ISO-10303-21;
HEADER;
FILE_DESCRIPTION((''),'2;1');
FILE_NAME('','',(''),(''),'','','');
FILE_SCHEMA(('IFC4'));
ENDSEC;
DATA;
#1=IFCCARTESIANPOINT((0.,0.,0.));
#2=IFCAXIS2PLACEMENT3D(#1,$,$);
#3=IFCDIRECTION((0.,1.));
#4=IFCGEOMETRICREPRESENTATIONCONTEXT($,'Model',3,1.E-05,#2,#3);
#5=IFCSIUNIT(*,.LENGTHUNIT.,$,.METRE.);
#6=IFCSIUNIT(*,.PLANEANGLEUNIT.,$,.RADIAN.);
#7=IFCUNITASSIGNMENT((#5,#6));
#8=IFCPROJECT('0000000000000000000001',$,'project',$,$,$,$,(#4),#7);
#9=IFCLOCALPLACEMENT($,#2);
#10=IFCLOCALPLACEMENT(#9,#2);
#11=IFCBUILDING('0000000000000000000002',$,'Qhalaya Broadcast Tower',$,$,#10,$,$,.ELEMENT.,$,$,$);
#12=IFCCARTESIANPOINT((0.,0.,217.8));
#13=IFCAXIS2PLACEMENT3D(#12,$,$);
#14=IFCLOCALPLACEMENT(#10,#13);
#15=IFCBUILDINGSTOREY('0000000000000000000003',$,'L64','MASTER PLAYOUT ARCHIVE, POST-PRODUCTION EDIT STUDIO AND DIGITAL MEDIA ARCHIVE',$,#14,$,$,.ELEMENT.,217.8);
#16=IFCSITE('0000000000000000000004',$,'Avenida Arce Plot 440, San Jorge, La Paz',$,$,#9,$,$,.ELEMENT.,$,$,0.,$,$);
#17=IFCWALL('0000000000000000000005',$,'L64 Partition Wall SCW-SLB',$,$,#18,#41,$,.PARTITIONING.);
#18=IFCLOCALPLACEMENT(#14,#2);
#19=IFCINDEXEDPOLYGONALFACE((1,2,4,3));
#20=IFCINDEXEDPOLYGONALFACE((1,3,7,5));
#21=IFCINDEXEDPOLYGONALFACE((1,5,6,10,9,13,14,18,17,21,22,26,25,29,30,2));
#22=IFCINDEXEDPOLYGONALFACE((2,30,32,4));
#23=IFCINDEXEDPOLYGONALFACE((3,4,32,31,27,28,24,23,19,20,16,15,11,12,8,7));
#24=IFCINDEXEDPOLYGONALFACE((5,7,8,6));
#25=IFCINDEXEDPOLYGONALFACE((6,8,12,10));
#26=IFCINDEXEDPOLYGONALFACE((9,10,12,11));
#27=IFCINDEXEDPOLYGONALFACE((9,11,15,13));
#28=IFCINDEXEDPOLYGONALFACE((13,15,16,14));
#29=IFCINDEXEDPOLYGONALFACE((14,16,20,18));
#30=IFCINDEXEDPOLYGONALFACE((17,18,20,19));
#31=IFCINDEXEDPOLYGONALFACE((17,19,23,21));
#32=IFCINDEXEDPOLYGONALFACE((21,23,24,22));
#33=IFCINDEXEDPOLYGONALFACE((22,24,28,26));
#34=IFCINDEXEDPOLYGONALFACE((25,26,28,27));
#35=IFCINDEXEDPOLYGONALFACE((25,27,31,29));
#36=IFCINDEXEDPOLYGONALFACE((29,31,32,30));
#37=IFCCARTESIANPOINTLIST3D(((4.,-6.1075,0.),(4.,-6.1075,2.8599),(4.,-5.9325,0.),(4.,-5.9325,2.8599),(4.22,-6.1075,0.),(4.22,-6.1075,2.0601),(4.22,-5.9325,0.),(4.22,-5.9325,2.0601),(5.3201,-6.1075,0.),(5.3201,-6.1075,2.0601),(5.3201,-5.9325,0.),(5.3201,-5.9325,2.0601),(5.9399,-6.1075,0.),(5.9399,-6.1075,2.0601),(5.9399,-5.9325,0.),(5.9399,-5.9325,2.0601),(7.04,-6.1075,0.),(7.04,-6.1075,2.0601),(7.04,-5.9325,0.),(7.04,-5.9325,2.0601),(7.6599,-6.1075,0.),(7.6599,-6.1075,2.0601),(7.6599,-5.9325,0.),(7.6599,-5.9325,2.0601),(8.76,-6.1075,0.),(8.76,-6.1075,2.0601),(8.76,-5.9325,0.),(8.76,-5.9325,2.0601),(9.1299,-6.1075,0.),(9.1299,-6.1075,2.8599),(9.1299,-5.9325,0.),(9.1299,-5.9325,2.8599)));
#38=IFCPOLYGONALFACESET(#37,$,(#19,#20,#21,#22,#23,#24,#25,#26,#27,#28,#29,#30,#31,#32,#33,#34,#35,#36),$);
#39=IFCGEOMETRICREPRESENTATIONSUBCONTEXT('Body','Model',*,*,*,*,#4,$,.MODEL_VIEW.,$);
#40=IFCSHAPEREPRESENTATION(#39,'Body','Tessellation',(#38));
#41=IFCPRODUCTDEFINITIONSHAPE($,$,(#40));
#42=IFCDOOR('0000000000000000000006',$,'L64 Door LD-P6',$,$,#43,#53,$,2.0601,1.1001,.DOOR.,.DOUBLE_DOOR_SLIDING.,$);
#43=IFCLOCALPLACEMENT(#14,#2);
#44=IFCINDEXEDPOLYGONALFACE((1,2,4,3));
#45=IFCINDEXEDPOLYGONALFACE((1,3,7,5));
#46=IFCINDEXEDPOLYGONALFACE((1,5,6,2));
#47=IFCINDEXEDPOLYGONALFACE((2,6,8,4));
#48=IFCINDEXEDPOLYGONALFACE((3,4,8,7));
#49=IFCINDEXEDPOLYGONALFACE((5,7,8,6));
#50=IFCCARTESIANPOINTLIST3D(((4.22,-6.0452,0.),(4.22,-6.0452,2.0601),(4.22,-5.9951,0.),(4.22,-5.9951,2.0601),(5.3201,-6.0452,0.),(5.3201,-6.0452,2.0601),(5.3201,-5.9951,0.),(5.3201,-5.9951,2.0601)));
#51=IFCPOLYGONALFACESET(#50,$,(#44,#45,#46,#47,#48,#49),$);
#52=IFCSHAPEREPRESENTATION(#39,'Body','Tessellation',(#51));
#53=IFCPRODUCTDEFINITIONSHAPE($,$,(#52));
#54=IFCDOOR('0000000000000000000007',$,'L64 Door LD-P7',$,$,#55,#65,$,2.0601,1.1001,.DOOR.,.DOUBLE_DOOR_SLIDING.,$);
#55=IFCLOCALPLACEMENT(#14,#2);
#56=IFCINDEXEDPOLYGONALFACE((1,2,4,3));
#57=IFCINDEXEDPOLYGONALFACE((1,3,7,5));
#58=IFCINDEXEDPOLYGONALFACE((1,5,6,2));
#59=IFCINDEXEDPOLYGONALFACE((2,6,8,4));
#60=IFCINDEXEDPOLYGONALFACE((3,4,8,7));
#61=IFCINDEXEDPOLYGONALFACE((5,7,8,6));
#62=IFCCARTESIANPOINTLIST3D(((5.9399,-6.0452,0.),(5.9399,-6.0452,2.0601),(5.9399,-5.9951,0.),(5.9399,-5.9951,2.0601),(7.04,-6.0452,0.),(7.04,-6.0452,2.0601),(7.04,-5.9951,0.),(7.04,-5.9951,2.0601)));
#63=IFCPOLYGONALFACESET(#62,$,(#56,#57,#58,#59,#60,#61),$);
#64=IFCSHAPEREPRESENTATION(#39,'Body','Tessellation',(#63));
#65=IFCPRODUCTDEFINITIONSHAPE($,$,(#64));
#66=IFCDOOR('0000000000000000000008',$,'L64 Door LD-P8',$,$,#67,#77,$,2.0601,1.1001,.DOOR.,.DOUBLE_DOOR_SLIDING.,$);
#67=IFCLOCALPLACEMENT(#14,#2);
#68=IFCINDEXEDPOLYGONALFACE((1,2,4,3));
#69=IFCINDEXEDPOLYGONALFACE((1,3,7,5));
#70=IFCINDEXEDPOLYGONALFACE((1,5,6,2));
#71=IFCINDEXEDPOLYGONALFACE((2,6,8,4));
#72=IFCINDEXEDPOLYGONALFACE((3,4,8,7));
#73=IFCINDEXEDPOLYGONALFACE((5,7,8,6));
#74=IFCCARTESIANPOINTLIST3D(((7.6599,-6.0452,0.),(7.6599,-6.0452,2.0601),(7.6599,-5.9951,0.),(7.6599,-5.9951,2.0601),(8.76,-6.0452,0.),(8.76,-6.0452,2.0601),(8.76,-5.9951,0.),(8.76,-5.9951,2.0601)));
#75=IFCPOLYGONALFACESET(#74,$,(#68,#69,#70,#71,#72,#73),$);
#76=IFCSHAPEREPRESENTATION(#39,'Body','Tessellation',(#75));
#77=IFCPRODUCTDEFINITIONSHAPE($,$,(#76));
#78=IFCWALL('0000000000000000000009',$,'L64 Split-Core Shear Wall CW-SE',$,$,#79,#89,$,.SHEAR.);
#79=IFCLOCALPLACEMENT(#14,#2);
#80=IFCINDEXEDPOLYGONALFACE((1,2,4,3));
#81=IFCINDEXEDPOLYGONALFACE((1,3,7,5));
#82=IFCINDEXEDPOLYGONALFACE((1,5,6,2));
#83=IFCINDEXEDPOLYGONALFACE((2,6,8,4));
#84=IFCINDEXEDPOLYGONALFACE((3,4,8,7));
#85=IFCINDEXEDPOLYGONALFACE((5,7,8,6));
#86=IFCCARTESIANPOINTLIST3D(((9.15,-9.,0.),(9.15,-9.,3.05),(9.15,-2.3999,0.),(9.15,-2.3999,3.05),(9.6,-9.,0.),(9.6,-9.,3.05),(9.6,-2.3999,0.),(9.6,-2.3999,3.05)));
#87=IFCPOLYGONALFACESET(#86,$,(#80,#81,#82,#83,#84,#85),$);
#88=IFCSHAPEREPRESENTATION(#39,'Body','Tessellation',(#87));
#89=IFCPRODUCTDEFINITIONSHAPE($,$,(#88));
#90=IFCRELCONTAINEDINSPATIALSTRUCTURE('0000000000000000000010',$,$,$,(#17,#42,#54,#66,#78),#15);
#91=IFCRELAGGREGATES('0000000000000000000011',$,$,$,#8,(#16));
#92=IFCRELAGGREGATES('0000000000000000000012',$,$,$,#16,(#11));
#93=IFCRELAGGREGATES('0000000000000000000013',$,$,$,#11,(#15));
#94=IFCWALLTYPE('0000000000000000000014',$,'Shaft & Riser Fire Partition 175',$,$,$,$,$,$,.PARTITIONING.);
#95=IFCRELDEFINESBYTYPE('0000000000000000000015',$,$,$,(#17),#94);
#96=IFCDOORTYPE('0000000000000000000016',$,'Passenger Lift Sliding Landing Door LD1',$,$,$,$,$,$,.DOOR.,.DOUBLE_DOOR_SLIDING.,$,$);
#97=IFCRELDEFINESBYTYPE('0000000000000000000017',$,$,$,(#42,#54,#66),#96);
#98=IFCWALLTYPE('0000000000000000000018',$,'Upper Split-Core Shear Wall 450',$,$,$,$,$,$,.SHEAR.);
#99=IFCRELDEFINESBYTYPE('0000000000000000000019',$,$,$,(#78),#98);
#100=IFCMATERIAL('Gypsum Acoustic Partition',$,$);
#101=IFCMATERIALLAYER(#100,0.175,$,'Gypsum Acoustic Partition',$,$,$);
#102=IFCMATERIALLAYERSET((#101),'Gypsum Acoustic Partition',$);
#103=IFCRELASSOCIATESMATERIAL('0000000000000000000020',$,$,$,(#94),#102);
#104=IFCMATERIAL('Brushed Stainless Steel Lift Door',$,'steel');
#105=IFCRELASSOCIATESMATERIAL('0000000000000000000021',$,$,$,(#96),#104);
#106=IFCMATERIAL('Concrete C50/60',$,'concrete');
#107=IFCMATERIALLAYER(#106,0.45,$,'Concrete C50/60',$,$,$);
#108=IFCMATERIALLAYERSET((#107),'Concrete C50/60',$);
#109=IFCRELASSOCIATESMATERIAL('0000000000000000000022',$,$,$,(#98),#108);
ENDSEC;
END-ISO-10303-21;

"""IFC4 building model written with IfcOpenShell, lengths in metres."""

from ifc_helpers import new_model, si_unit, direction, frame, frame_2d, origin, place, context, subcontext, project, spatial, rectangle, extrude, material, layer, layer_set, type_object, element, fill, save


model = new_model("IFC4")

# Units and contexts
model_context = context("Model", 3, precision=1e-05, world=origin(), true_north=direction((0.0, 1.0)))
body_context = subcontext(model_context, "Body", "Model", "MODEL_VIEW")
ifc_project = project(units=[si_unit("LENGTHUNIT", "METRE"), si_unit("PLANEANGLEUNIT", "RADIAN")], contexts=[model_context])

# Site, building, storey
site_placement = place(None, origin())
site = spatial("IfcSite", under=ifc_project, at=site_placement, Name="Avenida Arce Plot 440, San Jorge, La Paz", CompositionType="ELEMENT", RefElevation=0.0)
building_placement = place(site_placement, origin())
building = spatial("IfcBuilding", under=site, at=building_placement, Name="Qhalaya Broadcast Tower", CompositionType="ELEMENT")
storey_placement = place(building_placement, frame((0.0, 0.0, 217.8)))
storey = spatial("IfcBuildingStorey", under=building, at=storey_placement, Name="L64", Description="MASTER PLAYOUT ARCHIVE, POST-PRODUCTION EDIT STUDIO AND DIGITAL MEDIA ARCHIVE", CompositionType="ELEMENT", Elevation=217.8)

# Shared definitions
ifc_material_1 = material(Name="Concrete C50/60", Category="concrete")

# Shared definitions
ifc_material_2 = material(Name="Gypsum Acoustic Partition")

# Wall, openings, doors
ifc_layer_1 = layer(ifc_material_2, 0.175, Name="Gypsum Acoustic Partition")
ifc_layer_set_1 = layer_set([ifc_layer_1], Name="Gypsum Acoustic Partition")
wall_type_1 = type_object("IfcWallType", Name="Shaft & Riser Fire Partition 175", PredefinedType="PARTITIONING", material=ifc_layer_set_1)
wall_1_placement = place(storey_placement, frame((4.0, -6.02, 0.0), z_axis=(0.0, 0.0, 1.0), x_axis=(1.0, 0.0, 0.0)))
wall_1 = element("IfcWall", 1, at=wall_1_placement, inside=storey, type_object=wall_type_1, Name="L64 Partition Wall SCW-SLB", PredefinedType="PARTITIONING", context=body_context, shape_type="SweptSolid", body=[
    extrude(rectangle(XDim=5.1299, YDim=0.175, at=frame_2d((2.5649, 0.0))), origin(), (0.0, 0.0, 1.0), 2.8599),
])
opening_1_placement = place(wall_1_placement, frame((0.22, 0.0, 0.0)))
opening_1 = element("IfcOpeningElement", 2, at=opening_1_placement, cuts=wall_1, PredefinedType="OPENING", context=body_context, shape_type="SweptSolid", body=[
    extrude(rectangle(XDim=1.1001, YDim=2.0601, at=frame_2d((0.55, 1.03))), frame((0.0, 0.0996, 0.0), z_axis=(0.0, -1.0, 0.0), x_axis=(1.0, 0.0, 0.0)), (0.0, 0.0, 1.0), 0.199),
])
opening_2_placement = place(wall_1_placement, frame((1.9399, 0.0, 0.0)))
opening_2 = element("IfcOpeningElement", 3, at=opening_2_placement, cuts=wall_1, PredefinedType="OPENING", context=body_context, shape_type="SweptSolid", body=[
    extrude(rectangle(XDim=1.1001, YDim=2.0601, at=frame_2d((0.55, 1.03))), frame((0.0, 0.0996, 0.0), z_axis=(0.0, -1.0, 0.0), x_axis=(1.0, 0.0, 0.0)), (0.0, 0.0, 1.0), 0.199),
])
opening_3_placement = place(wall_1_placement, frame((3.6599, 0.0, 0.0)))
opening_3 = element("IfcOpeningElement", 4, at=opening_3_placement, cuts=wall_1, PredefinedType="OPENING", context=body_context, shape_type="SweptSolid", body=[
    extrude(rectangle(XDim=1.1001, YDim=2.0601, at=frame_2d((0.55, 1.03))), frame((0.0, 0.0996, 0.0), z_axis=(0.0, -1.0, 0.0), x_axis=(1.0, 0.0, 0.0)), (0.0, 0.0, 1.0), 0.199),
])
ifc_material_3 = material(Name="Brushed Stainless Steel Lift Door", Category="steel")
door_type_1 = type_object("IfcDoorType", Name="Passenger Lift Sliding Landing Door LD1", OperationType="DOUBLE_DOOR_SLIDING", PredefinedType="DOOR", material=ifc_material_3)
door_1_placement = place(opening_1_placement, origin())
door_1 = element("IfcDoor", 5, at=door_1_placement, inside=storey, type_object=door_type_1, Name="L64 Door LD-P6", OperationType="DOUBLE_DOOR_SLIDING", OverallHeight=2.0601, OverallWidth=1.1001, PredefinedType="DOOR", context=body_context, shape_type="SweptSolid", body=[
    extrude(rectangle(XDim=1.1001, YDim=2.0601, at=frame_2d((0.55, 1.03))), frame((0.0, 0.0249, 0.0), z_axis=(0.0, -1.0, 0.0), x_axis=(1.0, 0.0, 0.0)), (0.0, 0.0, 1.0), 0.05),
])
fill(opening_1, door_1)
door_2_placement = place(opening_2_placement, origin())
door_2 = element("IfcDoor", 6, at=door_2_placement, inside=storey, type_object=door_type_1, Name="L64 Door LD-P7", OperationType="DOUBLE_DOOR_SLIDING", OverallHeight=2.0601, OverallWidth=1.1001, PredefinedType="DOOR", context=body_context, shape_type="SweptSolid", body=[
    extrude(rectangle(XDim=1.1001, YDim=2.0601, at=frame_2d((0.55, 1.03))), frame((0.0, 0.0249, 0.0), z_axis=(0.0, -1.0, 0.0), x_axis=(1.0, 0.0, 0.0)), (0.0, 0.0, 1.0), 0.05),
])
fill(opening_2, door_2)
door_3_placement = place(opening_3_placement, origin())
door_3 = element("IfcDoor", 7, at=door_3_placement, inside=storey, type_object=door_type_1, Name="L64 Door LD-P8", OperationType="DOUBLE_DOOR_SLIDING", OverallHeight=2.0601, OverallWidth=1.1001, PredefinedType="DOOR", context=body_context, shape_type="SweptSolid", body=[
    extrude(rectangle(XDim=1.1001, YDim=2.0601, at=frame_2d((0.55, 1.03))), frame((0.0, 0.0249, 0.0), z_axis=(0.0, -1.0, 0.0), x_axis=(1.0, 0.0, 0.0)), (0.0, 0.0, 1.0), 0.05),
])
fill(opening_3, door_3)

# Wall
ifc_layer_2 = layer(ifc_material_1, 0.45, Name="Concrete C50/60")
ifc_layer_set_2 = layer_set([ifc_layer_2], Name="Concrete C50/60")
wall_type_2 = type_object("IfcWallType", Name="Upper Split-Core Shear Wall 450", PredefinedType="SHEAR", material=ifc_layer_set_2)
wall_2_placement = place(storey_placement, frame((9.375, -9.0, 0.0), z_axis=(0.0, 0.0, 1.0), x_axis=(0.0, 1.0, 0.0)))
element("IfcWall", 8, at=wall_2_placement, inside=storey, type_object=wall_type_2, Name="L64 Split-Core Shear Wall CW-SE", PredefinedType="SHEAR", context=body_context, shape_type="SweptSolid", body=[
    extrude(rectangle(XDim=6.6001, YDim=0.45, at=frame_2d((3.3, 0.0))), origin(), (0.0, 0.0, 1.0), 3.05),
])

save(model, "model.ifc")
